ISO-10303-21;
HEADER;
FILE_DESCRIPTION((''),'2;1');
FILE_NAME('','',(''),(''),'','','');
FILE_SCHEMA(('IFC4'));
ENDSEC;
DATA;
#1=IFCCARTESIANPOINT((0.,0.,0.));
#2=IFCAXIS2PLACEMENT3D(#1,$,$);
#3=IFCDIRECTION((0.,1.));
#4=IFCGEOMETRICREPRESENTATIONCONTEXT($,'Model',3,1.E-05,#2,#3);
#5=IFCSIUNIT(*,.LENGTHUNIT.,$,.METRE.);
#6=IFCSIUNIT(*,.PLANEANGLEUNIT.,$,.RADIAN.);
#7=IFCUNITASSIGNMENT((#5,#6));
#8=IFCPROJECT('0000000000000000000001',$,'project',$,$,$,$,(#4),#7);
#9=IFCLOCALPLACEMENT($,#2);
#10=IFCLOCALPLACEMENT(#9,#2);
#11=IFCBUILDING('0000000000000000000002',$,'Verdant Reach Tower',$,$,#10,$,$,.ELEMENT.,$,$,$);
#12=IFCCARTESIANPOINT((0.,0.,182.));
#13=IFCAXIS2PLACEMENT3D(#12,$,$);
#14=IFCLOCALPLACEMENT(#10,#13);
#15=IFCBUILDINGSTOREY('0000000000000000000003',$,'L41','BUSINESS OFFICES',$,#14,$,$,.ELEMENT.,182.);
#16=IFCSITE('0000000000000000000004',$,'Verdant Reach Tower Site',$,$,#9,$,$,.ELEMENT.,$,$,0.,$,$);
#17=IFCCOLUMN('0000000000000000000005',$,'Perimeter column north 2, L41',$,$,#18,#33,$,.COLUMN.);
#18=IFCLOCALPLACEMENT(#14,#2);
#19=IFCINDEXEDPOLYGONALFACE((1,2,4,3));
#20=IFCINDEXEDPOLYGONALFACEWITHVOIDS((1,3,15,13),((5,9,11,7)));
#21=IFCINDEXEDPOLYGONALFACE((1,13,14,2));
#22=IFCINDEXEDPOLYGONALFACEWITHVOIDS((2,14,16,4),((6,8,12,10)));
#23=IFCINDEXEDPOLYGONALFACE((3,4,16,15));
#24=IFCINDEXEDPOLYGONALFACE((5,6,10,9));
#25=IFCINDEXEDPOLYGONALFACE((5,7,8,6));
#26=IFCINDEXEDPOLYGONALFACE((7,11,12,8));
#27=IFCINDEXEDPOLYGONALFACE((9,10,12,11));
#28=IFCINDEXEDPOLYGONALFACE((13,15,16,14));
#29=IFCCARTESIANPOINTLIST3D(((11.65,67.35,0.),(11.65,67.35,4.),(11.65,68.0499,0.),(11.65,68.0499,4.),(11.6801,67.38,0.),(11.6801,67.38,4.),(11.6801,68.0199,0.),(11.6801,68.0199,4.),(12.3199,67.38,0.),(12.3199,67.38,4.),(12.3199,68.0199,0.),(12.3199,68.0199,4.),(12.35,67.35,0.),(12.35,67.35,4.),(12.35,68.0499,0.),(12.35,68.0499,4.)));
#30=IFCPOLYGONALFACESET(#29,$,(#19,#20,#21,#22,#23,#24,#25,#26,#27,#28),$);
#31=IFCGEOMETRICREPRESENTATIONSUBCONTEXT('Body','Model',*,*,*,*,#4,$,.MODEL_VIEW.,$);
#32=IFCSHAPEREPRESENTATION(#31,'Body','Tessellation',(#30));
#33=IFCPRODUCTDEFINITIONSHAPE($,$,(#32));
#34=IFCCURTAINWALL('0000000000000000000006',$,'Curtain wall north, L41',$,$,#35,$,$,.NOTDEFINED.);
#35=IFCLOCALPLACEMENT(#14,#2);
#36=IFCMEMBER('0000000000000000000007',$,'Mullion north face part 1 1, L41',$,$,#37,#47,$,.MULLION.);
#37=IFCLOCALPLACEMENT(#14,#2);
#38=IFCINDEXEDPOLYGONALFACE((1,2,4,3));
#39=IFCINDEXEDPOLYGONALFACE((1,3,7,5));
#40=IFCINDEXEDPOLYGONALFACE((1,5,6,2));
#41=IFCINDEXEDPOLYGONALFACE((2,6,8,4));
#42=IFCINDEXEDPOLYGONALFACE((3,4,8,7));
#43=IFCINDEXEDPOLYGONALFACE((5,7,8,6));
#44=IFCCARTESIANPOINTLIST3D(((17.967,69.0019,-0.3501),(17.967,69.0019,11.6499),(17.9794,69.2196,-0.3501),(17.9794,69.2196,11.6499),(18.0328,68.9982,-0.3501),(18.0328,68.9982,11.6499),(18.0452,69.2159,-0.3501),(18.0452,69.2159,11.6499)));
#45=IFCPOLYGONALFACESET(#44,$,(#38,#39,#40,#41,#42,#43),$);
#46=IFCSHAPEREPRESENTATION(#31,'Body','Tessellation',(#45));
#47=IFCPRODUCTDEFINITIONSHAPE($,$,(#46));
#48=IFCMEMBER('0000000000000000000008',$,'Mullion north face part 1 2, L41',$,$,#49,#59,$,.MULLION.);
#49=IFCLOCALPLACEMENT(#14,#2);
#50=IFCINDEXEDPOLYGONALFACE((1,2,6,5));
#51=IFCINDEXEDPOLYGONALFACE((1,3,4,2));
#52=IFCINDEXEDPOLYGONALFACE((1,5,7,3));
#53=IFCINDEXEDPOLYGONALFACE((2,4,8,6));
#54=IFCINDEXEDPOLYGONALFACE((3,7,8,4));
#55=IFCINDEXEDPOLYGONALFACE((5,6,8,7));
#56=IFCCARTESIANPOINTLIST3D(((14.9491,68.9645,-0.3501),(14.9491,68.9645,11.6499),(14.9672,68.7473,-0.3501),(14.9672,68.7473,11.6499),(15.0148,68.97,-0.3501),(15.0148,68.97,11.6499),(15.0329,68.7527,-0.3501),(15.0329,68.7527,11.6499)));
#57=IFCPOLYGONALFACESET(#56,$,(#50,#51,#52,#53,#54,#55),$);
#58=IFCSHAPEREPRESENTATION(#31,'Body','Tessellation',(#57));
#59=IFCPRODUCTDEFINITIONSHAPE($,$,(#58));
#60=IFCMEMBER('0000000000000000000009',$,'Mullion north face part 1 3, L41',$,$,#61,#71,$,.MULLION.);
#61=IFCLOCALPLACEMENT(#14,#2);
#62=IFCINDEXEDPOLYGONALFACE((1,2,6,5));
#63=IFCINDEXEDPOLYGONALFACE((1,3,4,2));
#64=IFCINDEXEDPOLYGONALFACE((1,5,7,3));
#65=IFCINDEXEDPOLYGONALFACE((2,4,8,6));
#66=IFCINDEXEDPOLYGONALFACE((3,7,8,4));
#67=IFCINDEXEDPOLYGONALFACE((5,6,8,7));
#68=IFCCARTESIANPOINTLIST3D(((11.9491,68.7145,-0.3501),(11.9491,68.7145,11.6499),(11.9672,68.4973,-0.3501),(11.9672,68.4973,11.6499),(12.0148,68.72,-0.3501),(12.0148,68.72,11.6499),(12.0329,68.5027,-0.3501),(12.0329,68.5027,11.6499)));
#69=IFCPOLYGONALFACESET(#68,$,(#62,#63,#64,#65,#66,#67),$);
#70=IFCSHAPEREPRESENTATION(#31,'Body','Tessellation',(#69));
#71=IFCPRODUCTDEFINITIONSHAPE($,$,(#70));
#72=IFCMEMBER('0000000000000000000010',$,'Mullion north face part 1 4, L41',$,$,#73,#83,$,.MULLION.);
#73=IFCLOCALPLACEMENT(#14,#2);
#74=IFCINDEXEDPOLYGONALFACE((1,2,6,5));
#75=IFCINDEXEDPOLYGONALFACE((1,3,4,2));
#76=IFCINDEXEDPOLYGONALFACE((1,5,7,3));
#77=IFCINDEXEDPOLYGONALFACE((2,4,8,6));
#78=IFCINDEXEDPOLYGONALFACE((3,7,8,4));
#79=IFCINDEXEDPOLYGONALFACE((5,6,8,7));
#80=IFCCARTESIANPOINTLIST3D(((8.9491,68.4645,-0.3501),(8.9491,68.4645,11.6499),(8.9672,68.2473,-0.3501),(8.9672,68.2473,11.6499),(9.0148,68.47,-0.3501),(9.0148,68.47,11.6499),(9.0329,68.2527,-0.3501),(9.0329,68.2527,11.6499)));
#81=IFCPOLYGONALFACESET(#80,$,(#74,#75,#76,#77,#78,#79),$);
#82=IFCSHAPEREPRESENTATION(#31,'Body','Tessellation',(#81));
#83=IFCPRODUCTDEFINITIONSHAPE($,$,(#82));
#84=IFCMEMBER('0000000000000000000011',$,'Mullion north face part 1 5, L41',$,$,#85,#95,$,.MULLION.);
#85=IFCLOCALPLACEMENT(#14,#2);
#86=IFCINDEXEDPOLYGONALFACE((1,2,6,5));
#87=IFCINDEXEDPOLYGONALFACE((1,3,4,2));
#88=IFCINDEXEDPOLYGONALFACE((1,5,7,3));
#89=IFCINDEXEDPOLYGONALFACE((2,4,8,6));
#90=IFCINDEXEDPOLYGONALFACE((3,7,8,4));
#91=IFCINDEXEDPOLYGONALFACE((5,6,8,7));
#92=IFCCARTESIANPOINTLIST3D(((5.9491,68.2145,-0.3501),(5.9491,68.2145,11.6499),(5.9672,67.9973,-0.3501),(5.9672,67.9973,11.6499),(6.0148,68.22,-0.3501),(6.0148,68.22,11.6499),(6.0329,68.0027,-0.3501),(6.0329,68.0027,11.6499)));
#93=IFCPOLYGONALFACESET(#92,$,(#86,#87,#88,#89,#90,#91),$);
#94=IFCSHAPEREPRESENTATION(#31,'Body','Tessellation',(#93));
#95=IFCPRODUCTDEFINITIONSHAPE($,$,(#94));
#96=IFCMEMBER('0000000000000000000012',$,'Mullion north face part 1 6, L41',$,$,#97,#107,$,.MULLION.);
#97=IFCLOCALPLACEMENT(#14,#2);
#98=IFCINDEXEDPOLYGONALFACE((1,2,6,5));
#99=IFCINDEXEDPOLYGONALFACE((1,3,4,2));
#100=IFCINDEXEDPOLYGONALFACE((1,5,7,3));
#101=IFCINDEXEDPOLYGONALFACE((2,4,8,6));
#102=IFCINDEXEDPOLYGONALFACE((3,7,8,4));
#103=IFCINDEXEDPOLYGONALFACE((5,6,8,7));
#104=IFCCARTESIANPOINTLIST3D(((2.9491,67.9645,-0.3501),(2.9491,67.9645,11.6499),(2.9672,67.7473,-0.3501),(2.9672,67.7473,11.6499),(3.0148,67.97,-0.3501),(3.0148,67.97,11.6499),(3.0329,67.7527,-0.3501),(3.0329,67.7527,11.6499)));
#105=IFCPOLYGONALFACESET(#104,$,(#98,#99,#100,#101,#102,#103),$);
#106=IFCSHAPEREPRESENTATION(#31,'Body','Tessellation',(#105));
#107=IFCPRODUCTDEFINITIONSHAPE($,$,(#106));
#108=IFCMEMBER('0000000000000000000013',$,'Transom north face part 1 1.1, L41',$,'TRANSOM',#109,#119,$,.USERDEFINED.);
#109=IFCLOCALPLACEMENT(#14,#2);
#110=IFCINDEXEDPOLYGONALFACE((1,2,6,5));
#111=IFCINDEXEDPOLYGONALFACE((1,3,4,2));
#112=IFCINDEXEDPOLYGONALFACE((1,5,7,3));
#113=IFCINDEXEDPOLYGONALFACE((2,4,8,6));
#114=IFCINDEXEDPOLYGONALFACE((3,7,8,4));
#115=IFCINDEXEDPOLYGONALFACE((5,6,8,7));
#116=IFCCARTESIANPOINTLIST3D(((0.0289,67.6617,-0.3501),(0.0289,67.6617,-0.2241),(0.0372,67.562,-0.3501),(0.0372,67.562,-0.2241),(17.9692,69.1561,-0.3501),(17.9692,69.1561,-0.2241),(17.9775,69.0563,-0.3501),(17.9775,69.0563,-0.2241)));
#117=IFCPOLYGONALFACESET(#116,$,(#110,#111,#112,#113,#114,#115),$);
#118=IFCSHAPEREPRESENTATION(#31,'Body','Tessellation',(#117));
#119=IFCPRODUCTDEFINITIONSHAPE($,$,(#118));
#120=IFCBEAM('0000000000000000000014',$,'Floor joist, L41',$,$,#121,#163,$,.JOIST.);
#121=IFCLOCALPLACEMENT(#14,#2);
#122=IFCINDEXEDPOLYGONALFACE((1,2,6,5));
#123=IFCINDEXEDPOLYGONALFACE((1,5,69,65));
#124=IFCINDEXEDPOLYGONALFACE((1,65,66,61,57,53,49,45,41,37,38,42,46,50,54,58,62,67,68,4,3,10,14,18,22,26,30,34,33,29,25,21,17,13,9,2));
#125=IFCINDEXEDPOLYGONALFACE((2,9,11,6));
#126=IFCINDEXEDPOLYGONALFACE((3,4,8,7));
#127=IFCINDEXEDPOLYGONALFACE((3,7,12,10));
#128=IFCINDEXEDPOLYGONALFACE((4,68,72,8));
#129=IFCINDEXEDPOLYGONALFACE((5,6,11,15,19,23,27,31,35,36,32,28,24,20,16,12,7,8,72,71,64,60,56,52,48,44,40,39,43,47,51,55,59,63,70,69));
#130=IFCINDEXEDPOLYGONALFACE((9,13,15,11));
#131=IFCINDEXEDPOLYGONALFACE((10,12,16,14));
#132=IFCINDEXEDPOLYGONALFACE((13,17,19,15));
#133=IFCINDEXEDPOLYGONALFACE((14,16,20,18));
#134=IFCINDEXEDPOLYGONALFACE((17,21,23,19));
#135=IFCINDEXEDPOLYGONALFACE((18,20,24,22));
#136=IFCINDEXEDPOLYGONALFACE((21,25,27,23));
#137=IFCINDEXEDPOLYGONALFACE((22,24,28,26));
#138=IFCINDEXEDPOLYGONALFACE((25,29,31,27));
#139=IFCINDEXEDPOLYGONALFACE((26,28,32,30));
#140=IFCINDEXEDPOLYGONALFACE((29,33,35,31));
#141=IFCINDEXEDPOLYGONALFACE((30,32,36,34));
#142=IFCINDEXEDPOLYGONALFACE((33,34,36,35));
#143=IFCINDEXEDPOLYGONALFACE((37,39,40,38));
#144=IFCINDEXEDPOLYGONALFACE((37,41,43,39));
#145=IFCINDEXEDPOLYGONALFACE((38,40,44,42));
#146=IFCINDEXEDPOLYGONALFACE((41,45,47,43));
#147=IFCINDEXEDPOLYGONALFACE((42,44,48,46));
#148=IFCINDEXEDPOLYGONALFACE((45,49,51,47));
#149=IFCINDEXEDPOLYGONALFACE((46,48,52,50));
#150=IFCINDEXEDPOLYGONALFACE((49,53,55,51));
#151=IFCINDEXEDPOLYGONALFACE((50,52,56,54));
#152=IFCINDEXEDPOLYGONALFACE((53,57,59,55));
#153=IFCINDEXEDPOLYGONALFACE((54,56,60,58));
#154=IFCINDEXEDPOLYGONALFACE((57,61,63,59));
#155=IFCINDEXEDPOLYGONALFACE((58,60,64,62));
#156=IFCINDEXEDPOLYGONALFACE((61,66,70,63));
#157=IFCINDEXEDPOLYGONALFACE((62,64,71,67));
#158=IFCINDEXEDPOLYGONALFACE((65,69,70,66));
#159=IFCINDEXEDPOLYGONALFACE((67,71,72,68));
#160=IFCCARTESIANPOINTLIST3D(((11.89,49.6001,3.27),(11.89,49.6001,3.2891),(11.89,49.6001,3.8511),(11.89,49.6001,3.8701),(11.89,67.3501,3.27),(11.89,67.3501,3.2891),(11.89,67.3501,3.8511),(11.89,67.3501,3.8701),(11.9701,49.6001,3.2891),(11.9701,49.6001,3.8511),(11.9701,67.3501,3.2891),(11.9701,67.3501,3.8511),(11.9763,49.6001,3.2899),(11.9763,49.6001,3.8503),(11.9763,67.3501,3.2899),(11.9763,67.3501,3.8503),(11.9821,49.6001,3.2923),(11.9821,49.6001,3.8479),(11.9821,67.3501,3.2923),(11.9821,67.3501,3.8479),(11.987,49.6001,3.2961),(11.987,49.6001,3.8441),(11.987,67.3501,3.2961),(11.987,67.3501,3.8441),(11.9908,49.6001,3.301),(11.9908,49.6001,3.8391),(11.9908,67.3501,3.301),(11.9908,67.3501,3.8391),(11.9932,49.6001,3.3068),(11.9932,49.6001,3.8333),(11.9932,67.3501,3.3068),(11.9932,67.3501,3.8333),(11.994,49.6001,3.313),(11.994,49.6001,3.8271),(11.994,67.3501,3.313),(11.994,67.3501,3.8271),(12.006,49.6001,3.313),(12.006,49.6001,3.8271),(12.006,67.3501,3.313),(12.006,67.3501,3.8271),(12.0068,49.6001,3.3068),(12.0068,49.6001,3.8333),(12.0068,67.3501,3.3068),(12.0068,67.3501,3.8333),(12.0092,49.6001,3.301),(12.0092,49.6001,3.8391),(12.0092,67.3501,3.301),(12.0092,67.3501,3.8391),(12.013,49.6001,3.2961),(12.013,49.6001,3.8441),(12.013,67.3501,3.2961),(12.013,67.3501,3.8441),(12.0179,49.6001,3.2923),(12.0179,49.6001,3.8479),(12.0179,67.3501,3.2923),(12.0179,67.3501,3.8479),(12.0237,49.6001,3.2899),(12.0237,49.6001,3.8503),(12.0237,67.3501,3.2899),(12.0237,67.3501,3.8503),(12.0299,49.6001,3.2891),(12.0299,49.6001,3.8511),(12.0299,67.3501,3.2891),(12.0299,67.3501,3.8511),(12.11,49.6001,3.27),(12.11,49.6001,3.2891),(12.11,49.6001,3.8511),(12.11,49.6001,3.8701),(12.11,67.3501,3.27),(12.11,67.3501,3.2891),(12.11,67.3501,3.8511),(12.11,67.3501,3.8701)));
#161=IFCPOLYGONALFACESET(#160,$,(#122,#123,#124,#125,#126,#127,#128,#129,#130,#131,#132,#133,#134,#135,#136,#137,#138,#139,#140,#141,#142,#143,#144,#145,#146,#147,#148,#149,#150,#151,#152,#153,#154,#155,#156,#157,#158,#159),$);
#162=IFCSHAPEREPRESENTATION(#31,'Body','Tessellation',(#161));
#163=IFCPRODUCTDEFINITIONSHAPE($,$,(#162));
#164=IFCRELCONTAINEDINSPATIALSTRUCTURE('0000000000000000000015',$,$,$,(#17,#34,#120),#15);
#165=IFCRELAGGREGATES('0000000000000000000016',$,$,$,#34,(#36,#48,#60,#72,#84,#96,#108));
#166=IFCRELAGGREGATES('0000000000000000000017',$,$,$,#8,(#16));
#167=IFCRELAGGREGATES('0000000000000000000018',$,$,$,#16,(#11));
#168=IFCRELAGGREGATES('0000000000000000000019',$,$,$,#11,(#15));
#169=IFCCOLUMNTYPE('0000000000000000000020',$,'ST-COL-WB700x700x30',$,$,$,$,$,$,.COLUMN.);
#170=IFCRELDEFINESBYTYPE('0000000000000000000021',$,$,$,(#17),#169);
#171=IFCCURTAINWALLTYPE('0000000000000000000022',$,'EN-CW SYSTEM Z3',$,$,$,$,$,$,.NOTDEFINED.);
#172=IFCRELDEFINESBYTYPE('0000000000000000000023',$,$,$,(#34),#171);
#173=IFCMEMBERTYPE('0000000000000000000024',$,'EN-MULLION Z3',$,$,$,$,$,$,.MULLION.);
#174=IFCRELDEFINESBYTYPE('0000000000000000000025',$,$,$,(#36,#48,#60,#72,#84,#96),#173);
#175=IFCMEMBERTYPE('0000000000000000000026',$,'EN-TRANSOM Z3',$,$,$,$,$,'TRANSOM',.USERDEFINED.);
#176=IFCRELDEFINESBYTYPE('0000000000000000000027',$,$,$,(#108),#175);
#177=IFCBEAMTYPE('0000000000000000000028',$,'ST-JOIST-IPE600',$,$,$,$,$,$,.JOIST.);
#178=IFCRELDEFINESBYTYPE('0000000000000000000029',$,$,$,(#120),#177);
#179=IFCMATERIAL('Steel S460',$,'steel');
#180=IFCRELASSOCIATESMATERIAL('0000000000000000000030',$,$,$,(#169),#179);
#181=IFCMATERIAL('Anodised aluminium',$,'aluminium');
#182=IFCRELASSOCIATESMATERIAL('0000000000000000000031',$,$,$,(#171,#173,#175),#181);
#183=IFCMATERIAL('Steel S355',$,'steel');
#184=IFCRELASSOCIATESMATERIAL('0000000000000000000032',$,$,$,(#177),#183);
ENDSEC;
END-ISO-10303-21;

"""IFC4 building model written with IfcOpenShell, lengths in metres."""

from ifc_helpers import new_model, si_unit, direction, frame, origin, origin_2d, place, context, subcontext, project, spatial, rectangle, hollow_rectangle, i_section, extrude, material, material_profile, profile_set, type_object, element, aggregate, save


model = new_model("IFC4")

# Units and contexts
model_context = context("Model", 3, precision=1e-05, world=origin(), true_north=direction((0.0, 1.0)))
body_context = subcontext(model_context, "Body", "Model", "MODEL_VIEW")
ifc_project = project(units=[si_unit("LENGTHUNIT", "METRE"), si_unit("PLANEANGLEUNIT", "RADIAN")], contexts=[model_context])

# Site, building, storey
site_placement = place(None, origin())
site = spatial("IfcSite", under=ifc_project, at=site_placement, Name="Verdant Reach Tower Site", CompositionType="ELEMENT", RefElevation=0.0)
building_placement = place(site_placement, origin())
building = spatial("IfcBuilding", under=site, at=building_placement, Name="Verdant Reach Tower", CompositionType="ELEMENT")
storey_placement = place(building_placement, frame((0.0, 0.0, 182.0)))
storey = spatial("IfcBuildingStorey", under=building, at=storey_placement, Name="L41", Description="BUSINESS OFFICES", CompositionType="ELEMENT", Elevation=182.0)

# Column
ifc_material_1 = material(Name="Steel S460", Category="steel")
ifc_material_profile_1 = material_profile(ifc_material_1, hollow_rectangle(XDim=0.7, YDim=0.7, WallThickness=0.03, at=origin_2d()), Name="WB 700x700x30")
ifc_profile_set_1 = profile_set([ifc_material_profile_1], Name="Steel S460")
column_type = type_object("IfcColumnType", Name="ST-COL-WB700x700x30", PredefinedType="COLUMN", material=ifc_profile_set_1)
column_placement = place(storey_placement, frame((12.0, 67.7, 0.0), z_axis=(0.0, 0.0, 1.0), x_axis=(1.0, 0.0, 0.0)))
element("IfcColumn", 1, at=column_placement, inside=storey, type_object=column_type, Name="Perimeter column north 2, L41", PredefinedType="COLUMN", context=body_context, shape_type="SweptSolid", body=[
    extrude(hollow_rectangle(XDim=0.7, YDim=0.7, WallThickness=0.03, at=origin_2d()), origin(), (0.0, 0.0, 1.0), 4.0),
])

# Curtain wall, members
ifc_material_2 = material(Name="Anodised aluminium", Category="aluminium")
curtain_wall_type = type_object("IfcCurtainWallType", Name="EN-CW SYSTEM Z3", PredefinedType="NOTDEFINED", material=ifc_material_2)
curtain_wall_placement = place(storey_placement, origin())
curtain_wall = element("IfcCurtainWall", 2, at=curtain_wall_placement, inside=storey, type_object=curtain_wall_type, Name="Curtain wall north, L41", PredefinedType="NOTDEFINED")
ifc_material_profile_2 = material_profile(ifc_material_2, rectangle(XDim=0.218, YDim=0.0659, at=origin_2d()), Name="Mullion 66x218")
ifc_profile_set_2 = profile_set([ifc_material_profile_2], Name="Anodised aluminium")
member_type_1 = type_object("IfcMemberType", Name="EN-MULLION Z3", PredefinedType="MULLION", material=ifc_profile_set_2)
member_1_placement = place(storey_placement, frame((18.0061, 69.1089, -0.3501), z_axis=(0.0, 0.0, 1.0), x_axis=(0.056569, 0.998399, 0.0)))
member_1 = element("IfcMember", 3, at=member_1_placement, type_object=member_type_1, Name="Mullion north face part 1 1, L41", PredefinedType="MULLION", context=body_context, shape_type="SweptSolid", body=[
    extrude(rectangle(XDim=0.218, YDim=0.0659, at=origin_2d()), origin(), (0.0, 0.0, 1.0), 12.0),
])
member_2_placement = place(storey_placement, frame((14.991, 68.8586, -0.3501), z_axis=(0.0, 0.0, 1.0), x_axis=(-0.083045, 0.996546, 0.0)))
member_2 = element("IfcMember", 4, at=member_2_placement, type_object=member_type_1, Name="Mullion north face part 1 2, L41", PredefinedType="MULLION", context=body_context, shape_type="SweptSolid", body=[
    extrude(rectangle(XDim=0.218, YDim=0.0659, at=origin_2d()), origin(), (0.0, 0.0, 1.0), 12.0),
])
member_3_placement = place(storey_placement, frame((11.991, 68.6086, -0.3501), z_axis=(0.0, 0.0, 1.0), x_axis=(-0.083045, 0.996546, 0.0)))
member_3 = element("IfcMember", 5, at=member_3_placement, type_object=member_type_1, Name="Mullion north face part 1 3, L41", PredefinedType="MULLION", context=body_context, shape_type="SweptSolid", body=[
    extrude(rectangle(XDim=0.218, YDim=0.0659, at=origin_2d()), origin(), (0.0, 0.0, 1.0), 12.0),
])
member_4_placement = place(storey_placement, frame((8.991, 68.3586, -0.3501), z_axis=(0.0, 0.0, 1.0), x_axis=(-0.083045, 0.996546, 0.0)))
member_4 = element("IfcMember", 6, at=member_4_placement, type_object=member_type_1, Name="Mullion north face part 1 4, L41", PredefinedType="MULLION", context=body_context, shape_type="SweptSolid", body=[
    extrude(rectangle(XDim=0.218, YDim=0.0659, at=origin_2d()), origin(), (0.0, 0.0, 1.0), 12.0),
])
member_5_placement = place(storey_placement, frame((5.991, 68.1086, -0.3501), z_axis=(0.0, 0.0, 1.0), x_axis=(-0.083045, 0.996546, 0.0)))
member_5 = element("IfcMember", 7, at=member_5_placement, type_object=member_type_1, Name="Mullion north face part 1 5, L41", PredefinedType="MULLION", context=body_context, shape_type="SweptSolid", body=[
    extrude(rectangle(XDim=0.218, YDim=0.0659, at=origin_2d()), origin(), (0.0, 0.0, 1.0), 12.0),
])
member_6_placement = place(storey_placement, frame((2.991, 67.8586, -0.3501), z_axis=(0.0, 0.0, 1.0), x_axis=(-0.083045, 0.996546, 0.0)))
member_6 = element("IfcMember", 8, at=member_6_placement, type_object=member_type_1, Name="Mullion north face part 1 6, L41", PredefinedType="MULLION", context=body_context, shape_type="SweptSolid", body=[
    extrude(rectangle(XDim=0.218, YDim=0.0659, at=origin_2d()), origin(), (0.0, 0.0, 1.0), 12.0),
])
ifc_material_profile_3 = material_profile(ifc_material_2, rectangle(XDim=0.1001, YDim=0.126, at=origin_2d()), Name="Transom 126x100")
ifc_profile_set_3 = profile_set([ifc_material_profile_3], Name="Anodised aluminium")
member_type_2 = type_object("IfcMemberType", Name="EN-TRANSOM Z3", ElementType="TRANSOM", PredefinedType="USERDEFINED", material=ifc_profile_set_3)
member_7_placement = place(storey_placement, frame((17.9734, 69.1062, -0.2871), z_axis=(-0.996549, -0.08301, 0.0), x_axis=(0.08301, -0.996549, 0.0)))
member_7 = element("IfcMember", 9, at=member_7_placement, type_object=member_type_2, Name="Transom north face part 1 1.1, L41", ObjectType="TRANSOM", PredefinedType="USERDEFINED", context=body_context, shape_type="SweptSolid", body=[
    extrude(rectangle(XDim=0.1001, YDim=0.126, at=origin_2d()), origin(), (0.0, 0.0, 1.0), 18.0024),
])

# Beam
ifc_material_3 = material(Name="Steel S355", Category="steel")
ifc_material_profile_4 = material_profile(ifc_material_3, i_section(OverallWidth=0.22, OverallDepth=0.6001, WebThickness=0.012, FlangeThickness=0.019, FilletRadius=0.0239, at=origin_2d()), Name="IPE 600")
ifc_profile_set_4 = profile_set([ifc_material_profile_4], Name="Steel S355")
beam_type_1 = type_object("IfcBeamType", Name="ST-JOIST-IPE600", PredefinedType="JOIST", material=ifc_profile_set_4)
beam_1_placement = place(storey_placement, frame((12.0, 49.6001, 3.5701), z_axis=(0.0, 1.0, 0.0), x_axis=(-1.0, 0.0, 0.0)))
element("IfcBeam", 10, at=beam_1_placement, inside=storey, type_object=beam_type_1, Name="Floor joist, L41", PredefinedType="JOIST", context=body_context, shape_type="SweptSolid", body=[
    extrude(i_section(OverallWidth=0.22, OverallDepth=0.6001, WebThickness=0.012, FlangeThickness=0.019, FilletRadius=0.0239, at=origin_2d()), origin(), (0.0, 0.0, 1.0), 17.75),
])

aggregate(curtain_wall, [member_1, member_2, member_3, member_4, member_5, member_6, member_7])

save(model, "model.ifc")
